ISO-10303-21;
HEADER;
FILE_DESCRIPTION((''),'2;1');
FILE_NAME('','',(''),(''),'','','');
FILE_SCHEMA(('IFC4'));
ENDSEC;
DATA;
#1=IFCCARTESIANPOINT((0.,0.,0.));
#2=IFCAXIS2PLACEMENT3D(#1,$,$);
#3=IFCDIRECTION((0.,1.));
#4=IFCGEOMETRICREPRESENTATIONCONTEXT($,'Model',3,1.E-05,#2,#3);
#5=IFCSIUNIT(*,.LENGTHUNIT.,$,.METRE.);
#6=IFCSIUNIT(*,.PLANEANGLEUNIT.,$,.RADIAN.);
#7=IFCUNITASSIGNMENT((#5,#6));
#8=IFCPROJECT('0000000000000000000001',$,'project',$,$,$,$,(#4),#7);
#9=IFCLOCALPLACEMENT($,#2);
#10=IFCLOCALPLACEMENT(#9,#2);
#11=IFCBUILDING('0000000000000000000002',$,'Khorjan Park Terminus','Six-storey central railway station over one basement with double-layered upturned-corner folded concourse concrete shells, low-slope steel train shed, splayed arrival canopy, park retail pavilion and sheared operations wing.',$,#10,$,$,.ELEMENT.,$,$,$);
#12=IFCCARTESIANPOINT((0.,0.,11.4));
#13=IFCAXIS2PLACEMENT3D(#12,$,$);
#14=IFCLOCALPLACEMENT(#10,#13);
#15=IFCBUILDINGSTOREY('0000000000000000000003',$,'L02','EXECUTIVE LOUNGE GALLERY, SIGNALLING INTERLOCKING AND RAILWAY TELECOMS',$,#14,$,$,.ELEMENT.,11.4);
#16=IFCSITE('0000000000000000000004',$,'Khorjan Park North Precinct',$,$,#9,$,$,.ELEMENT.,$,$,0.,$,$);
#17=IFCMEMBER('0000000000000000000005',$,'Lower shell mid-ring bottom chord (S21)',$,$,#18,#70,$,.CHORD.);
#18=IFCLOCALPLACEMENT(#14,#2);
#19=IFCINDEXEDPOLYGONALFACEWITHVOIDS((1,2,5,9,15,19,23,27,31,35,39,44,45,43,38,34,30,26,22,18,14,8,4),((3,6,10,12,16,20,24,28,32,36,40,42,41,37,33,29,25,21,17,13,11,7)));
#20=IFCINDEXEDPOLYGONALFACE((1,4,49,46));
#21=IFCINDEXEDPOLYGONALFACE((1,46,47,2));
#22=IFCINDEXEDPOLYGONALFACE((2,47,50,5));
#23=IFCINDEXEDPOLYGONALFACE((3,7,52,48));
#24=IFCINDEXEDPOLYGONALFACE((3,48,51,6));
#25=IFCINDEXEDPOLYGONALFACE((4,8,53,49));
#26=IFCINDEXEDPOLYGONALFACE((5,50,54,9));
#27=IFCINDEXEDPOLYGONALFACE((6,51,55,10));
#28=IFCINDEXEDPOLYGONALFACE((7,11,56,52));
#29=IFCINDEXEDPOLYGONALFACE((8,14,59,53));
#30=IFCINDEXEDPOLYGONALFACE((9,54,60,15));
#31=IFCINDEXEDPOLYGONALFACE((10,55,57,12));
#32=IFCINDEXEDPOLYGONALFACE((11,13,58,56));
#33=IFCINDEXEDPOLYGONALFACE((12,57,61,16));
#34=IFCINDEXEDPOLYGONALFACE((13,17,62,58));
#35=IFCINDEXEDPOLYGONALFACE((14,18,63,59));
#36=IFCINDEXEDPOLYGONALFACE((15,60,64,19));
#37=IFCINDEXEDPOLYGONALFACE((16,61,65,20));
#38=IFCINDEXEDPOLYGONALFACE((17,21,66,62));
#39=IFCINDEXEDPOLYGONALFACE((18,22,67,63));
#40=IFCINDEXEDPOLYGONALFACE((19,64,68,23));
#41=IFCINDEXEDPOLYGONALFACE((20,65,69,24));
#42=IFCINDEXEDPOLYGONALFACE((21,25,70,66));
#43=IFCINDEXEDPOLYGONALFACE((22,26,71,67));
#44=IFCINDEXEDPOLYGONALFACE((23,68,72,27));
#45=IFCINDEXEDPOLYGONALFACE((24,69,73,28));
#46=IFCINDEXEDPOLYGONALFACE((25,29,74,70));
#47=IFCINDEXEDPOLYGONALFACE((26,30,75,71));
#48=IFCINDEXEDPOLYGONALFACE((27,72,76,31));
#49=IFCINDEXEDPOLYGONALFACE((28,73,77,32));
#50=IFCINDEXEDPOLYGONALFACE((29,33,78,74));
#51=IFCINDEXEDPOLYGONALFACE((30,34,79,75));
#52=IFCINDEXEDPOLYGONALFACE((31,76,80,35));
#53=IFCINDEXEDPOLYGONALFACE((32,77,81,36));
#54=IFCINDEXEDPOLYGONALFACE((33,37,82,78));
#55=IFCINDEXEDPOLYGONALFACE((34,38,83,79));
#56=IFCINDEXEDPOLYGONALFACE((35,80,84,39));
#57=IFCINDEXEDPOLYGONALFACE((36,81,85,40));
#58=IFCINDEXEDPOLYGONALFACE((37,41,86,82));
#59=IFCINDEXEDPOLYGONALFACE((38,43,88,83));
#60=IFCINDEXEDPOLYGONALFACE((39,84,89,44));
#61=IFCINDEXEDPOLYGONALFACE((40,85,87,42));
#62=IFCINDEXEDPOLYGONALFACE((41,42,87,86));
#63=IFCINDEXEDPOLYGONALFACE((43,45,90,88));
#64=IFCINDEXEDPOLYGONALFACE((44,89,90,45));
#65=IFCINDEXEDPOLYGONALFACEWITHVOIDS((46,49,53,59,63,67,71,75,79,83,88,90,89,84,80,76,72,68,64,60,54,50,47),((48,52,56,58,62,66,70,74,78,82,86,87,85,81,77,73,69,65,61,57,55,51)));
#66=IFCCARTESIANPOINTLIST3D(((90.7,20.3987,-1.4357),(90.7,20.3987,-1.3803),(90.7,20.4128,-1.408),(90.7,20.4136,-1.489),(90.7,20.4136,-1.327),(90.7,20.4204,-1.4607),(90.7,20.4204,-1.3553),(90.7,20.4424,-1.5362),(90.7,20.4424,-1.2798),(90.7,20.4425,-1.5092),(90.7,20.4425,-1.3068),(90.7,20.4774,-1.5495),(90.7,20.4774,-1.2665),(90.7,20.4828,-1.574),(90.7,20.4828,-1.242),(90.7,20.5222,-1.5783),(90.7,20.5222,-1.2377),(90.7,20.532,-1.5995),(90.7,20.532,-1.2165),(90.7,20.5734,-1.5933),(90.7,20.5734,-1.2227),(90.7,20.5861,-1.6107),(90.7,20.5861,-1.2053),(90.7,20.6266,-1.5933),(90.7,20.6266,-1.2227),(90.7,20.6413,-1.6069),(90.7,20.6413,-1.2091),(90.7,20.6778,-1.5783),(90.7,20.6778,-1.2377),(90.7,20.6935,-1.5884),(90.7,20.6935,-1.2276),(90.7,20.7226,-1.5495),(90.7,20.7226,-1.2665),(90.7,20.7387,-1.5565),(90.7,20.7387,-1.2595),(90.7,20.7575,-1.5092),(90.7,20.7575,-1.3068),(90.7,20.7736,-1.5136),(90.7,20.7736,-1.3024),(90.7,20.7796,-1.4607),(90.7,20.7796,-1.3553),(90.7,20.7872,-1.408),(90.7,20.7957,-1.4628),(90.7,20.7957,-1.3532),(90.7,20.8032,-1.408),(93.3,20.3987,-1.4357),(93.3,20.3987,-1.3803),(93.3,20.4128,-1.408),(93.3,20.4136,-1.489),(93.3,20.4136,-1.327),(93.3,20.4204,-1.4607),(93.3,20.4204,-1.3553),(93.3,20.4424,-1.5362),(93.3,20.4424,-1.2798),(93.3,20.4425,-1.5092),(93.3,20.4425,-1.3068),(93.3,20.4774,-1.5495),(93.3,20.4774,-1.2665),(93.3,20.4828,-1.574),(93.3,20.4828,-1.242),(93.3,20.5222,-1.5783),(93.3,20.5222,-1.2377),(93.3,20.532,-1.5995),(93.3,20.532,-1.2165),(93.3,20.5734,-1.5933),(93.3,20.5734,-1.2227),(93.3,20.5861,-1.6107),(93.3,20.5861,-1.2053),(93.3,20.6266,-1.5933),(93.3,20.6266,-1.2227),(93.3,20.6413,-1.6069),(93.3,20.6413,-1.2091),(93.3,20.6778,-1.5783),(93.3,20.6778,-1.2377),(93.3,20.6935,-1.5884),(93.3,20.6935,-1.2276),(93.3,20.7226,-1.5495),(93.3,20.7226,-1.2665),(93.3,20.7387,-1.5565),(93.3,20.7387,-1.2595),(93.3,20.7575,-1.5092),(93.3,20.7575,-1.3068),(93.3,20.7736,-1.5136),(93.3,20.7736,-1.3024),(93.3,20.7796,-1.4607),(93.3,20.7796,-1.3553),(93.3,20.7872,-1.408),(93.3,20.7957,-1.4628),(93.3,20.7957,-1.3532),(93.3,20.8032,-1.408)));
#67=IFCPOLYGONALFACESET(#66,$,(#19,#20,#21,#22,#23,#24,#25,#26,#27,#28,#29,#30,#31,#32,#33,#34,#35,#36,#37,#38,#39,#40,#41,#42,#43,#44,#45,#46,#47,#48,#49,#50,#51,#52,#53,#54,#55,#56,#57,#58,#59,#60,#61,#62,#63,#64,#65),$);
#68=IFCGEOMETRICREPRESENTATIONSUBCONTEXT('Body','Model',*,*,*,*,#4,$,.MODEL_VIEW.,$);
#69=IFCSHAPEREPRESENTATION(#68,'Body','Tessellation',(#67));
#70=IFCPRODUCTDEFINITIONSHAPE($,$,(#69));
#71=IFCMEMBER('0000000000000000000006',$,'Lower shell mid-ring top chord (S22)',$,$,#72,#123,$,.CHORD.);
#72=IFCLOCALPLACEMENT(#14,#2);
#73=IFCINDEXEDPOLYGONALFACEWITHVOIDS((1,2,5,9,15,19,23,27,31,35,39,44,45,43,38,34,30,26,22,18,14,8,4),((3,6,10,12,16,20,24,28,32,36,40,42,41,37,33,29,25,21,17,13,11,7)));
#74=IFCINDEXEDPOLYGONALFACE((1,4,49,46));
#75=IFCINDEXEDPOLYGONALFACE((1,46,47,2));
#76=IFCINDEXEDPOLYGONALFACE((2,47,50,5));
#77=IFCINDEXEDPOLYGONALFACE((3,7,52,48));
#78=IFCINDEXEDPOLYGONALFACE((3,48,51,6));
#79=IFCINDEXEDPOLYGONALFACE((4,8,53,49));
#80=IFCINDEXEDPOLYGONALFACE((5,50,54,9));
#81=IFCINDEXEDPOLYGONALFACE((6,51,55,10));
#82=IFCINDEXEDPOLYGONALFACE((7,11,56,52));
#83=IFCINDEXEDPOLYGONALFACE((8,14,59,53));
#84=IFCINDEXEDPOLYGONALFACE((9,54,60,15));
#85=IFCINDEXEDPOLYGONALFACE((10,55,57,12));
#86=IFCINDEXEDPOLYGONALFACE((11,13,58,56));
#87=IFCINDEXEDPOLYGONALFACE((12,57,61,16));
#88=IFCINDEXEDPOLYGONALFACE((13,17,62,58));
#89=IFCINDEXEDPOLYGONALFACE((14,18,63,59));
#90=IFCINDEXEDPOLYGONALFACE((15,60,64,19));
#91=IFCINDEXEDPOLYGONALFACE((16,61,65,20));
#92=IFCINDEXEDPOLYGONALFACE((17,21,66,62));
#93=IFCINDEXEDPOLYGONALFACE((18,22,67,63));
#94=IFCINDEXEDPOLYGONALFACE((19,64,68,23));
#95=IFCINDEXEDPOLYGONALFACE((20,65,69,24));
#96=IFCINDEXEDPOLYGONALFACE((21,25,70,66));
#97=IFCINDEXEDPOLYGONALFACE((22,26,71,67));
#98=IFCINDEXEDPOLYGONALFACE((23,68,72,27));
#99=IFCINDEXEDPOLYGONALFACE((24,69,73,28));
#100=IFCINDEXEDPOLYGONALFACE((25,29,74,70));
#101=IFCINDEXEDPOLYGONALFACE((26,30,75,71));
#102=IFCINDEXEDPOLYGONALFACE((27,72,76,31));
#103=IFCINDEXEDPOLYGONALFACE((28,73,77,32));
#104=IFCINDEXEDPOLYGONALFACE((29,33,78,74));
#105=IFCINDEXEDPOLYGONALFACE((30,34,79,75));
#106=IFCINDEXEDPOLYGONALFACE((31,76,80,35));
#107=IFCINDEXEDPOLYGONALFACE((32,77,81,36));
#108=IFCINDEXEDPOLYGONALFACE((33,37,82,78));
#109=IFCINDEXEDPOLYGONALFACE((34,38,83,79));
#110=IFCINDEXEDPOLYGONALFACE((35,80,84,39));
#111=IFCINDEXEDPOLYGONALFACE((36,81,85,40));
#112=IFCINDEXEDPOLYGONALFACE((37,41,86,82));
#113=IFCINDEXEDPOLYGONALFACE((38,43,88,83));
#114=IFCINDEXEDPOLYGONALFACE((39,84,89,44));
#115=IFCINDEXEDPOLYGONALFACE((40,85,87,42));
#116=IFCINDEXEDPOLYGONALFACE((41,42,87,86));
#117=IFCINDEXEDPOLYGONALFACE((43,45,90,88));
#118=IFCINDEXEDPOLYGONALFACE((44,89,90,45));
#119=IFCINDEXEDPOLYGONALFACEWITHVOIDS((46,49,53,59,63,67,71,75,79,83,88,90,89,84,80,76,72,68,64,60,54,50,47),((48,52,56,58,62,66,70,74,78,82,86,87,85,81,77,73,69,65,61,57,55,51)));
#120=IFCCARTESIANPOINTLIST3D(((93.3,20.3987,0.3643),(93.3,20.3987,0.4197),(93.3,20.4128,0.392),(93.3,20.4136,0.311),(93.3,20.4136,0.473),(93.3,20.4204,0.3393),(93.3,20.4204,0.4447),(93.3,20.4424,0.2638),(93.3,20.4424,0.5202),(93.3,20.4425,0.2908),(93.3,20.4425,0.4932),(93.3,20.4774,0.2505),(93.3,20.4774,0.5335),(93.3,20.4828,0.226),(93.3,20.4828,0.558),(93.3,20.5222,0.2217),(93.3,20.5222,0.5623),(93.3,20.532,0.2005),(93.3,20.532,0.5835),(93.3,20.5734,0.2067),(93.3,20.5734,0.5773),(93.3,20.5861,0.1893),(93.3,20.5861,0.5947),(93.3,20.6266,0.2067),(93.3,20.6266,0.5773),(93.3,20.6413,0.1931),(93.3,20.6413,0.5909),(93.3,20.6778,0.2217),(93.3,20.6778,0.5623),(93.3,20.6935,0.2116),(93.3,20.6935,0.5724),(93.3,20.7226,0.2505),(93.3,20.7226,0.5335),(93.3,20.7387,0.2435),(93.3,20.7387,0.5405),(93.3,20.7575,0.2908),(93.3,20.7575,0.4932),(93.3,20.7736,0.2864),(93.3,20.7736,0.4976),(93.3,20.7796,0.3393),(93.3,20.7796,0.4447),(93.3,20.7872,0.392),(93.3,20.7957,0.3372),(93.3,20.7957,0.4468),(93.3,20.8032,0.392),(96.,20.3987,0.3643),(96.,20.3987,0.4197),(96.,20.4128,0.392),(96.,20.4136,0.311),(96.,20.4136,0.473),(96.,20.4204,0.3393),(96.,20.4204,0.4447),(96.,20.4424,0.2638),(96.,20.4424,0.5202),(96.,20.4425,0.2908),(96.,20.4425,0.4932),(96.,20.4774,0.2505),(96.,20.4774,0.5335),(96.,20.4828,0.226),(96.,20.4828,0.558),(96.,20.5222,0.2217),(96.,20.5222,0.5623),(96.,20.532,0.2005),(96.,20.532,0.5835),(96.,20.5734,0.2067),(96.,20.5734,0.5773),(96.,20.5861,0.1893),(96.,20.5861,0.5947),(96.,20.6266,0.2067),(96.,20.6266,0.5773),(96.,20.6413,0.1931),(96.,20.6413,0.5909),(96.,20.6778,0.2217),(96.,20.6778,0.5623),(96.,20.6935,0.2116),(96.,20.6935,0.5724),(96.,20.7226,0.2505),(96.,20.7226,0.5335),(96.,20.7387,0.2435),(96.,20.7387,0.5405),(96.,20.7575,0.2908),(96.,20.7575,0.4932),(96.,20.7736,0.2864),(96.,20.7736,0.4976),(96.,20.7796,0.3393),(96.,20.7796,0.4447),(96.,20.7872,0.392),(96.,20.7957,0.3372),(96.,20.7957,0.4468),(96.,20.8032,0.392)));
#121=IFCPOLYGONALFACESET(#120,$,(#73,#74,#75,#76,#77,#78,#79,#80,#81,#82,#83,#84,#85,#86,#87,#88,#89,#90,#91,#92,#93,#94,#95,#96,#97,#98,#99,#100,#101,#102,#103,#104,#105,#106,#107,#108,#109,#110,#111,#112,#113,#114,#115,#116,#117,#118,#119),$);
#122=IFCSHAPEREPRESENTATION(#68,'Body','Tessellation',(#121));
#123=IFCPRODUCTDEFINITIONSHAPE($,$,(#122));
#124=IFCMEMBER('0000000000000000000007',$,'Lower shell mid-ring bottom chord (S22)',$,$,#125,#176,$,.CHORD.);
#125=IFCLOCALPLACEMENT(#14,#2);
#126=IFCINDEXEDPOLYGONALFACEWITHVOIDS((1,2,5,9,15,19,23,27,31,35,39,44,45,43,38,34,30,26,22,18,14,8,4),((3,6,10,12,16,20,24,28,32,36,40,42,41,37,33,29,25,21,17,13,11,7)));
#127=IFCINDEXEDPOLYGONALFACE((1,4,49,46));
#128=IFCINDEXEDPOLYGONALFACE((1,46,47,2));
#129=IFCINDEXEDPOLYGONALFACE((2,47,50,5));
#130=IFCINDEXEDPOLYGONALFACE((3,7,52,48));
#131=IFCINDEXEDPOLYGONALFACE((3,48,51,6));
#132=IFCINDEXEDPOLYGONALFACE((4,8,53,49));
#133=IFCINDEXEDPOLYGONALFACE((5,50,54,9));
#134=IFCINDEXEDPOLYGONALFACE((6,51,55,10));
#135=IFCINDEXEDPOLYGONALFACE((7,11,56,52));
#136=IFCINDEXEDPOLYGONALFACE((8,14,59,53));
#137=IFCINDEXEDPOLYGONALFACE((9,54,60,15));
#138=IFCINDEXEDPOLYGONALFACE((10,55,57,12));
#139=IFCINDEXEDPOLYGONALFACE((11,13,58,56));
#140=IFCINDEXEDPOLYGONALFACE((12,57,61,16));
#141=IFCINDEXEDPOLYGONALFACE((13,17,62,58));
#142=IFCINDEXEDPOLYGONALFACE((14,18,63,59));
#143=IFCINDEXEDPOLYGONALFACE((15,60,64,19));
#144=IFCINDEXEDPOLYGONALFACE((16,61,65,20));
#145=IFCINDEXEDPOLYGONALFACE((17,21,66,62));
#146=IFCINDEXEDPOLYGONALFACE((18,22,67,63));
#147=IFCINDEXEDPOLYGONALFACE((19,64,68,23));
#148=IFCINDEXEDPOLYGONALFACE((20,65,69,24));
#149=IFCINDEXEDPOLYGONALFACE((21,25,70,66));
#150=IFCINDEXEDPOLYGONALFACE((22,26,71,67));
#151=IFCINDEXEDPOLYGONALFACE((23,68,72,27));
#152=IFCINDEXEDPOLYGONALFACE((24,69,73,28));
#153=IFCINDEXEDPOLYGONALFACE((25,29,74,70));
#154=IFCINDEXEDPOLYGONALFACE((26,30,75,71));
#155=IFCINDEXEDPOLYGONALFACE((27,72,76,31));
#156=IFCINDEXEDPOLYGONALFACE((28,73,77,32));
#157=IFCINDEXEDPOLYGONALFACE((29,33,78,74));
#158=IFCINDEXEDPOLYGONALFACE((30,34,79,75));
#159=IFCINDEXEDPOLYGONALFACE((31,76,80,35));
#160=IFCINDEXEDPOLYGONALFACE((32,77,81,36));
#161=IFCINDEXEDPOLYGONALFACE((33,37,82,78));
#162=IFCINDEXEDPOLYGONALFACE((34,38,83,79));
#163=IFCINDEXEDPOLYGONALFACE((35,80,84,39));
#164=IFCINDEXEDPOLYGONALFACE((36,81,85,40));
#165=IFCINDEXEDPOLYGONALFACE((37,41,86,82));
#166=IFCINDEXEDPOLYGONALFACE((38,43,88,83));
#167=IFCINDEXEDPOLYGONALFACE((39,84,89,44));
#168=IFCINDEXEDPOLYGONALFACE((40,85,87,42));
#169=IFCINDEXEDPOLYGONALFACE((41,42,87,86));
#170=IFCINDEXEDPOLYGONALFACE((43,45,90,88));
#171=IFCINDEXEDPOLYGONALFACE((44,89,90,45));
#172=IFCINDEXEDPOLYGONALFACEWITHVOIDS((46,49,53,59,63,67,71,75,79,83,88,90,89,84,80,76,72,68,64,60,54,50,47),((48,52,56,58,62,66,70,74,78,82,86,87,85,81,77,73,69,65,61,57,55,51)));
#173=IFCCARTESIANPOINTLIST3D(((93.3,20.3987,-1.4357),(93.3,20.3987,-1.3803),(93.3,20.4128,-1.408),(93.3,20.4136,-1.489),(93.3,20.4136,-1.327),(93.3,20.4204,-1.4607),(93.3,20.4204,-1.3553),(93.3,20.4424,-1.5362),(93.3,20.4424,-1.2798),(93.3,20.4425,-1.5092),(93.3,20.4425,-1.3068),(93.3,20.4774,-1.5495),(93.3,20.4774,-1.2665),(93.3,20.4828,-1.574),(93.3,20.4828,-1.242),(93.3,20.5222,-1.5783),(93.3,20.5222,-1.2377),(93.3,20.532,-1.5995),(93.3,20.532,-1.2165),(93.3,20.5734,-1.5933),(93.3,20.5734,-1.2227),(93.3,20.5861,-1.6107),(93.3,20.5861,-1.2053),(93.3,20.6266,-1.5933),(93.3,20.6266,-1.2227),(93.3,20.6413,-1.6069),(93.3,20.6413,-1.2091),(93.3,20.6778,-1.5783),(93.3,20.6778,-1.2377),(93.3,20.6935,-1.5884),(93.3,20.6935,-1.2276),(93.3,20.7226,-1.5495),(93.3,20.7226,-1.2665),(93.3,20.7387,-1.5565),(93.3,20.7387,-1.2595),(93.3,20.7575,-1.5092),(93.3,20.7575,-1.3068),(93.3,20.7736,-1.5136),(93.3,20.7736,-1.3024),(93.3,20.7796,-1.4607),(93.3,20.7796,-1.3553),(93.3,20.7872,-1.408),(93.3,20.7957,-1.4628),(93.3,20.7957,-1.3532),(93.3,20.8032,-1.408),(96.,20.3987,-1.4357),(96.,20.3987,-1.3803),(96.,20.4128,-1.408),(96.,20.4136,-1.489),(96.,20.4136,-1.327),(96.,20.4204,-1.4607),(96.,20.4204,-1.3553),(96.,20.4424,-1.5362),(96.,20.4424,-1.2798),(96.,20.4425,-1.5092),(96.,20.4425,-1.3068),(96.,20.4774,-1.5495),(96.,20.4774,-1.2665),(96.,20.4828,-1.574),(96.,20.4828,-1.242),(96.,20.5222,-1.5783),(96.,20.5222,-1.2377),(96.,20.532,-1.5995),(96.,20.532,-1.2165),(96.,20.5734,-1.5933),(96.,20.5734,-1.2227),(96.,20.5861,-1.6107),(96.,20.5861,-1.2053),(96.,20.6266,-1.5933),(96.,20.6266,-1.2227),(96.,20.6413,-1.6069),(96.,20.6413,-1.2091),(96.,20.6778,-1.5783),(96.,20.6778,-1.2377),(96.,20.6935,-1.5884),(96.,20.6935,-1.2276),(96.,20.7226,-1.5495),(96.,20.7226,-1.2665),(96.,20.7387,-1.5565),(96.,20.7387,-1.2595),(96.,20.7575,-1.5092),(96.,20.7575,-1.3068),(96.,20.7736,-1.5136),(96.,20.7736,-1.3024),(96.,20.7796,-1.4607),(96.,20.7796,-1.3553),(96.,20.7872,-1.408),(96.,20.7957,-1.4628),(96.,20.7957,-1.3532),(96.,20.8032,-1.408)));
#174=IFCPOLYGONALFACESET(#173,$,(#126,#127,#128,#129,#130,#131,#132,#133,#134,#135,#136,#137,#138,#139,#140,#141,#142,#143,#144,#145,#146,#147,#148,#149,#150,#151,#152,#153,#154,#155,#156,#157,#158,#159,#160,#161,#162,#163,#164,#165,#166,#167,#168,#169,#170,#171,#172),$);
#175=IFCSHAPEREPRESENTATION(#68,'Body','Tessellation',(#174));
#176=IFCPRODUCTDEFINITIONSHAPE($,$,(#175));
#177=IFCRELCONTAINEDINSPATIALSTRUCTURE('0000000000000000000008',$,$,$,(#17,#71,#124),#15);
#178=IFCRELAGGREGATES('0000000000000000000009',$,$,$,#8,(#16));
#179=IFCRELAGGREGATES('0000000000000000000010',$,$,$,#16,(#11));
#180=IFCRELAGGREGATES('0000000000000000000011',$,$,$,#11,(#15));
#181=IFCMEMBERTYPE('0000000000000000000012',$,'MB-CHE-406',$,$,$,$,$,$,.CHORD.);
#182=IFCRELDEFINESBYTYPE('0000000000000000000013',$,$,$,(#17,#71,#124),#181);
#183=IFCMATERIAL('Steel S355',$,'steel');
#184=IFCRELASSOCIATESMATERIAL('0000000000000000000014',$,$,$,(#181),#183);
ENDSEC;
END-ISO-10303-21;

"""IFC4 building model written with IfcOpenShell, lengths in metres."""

from ifc_helpers import new_model, si_unit, direction, frame, origin, origin_2d, place, context, subcontext, project, spatial, hollow_circle, extrude, material, material_profile, profile_set, type_object, element, save


model = new_model("IFC4")

# Units and contexts
model_context = context("Model", 3, precision=1e-05, world=origin(), true_north=direction((0.0, 1.0)))
body_context = subcontext(model_context, "Body", "Model", "MODEL_VIEW")
ifc_project = project(units=[si_unit("LENGTHUNIT", "METRE"), si_unit("PLANEANGLEUNIT", "RADIAN")], contexts=[model_context])

# Site, building, storey
site_placement = place(None, origin())
site = spatial("IfcSite", under=ifc_project, at=site_placement, Name="Khorjan Park North Precinct", CompositionType="ELEMENT", RefElevation=0.0)
building_placement = place(site_placement, origin())
building = spatial("IfcBuilding", under=site, at=building_placement, Name="Khorjan Park Terminus", Description="Six-storey central railway station over one basement with double-layered upturned-corner folded concourse concrete shells, low-slope steel train shed, splayed arrival canopy, park retail pavilion and sheared operations wing.", CompositionType="ELEMENT")
storey_placement = place(building_placement, frame((0.0, 0.0, 11.4)))
storey = spatial("IfcBuildingStorey", under=building, at=storey_placement, Name="L02", Description="EXECUTIVE LOUNGE GALLERY, SIGNALLING INTERLOCKING AND RAILWAY TELECOMS", CompositionType="ELEMENT", Elevation=11.4)

# Members
ifc_material_1 = material(Name="Steel S355", Category="steel")
ifc_material_profile_1 = material_profile(ifc_material_1, hollow_circle(Radius=0.2032, WallThickness=0.016, at=origin_2d()), Name="CHS 406.4x16")
ifc_profile_set_1 = profile_set([ifc_material_profile_1], Name="Steel S355")
member_type_1 = type_object("IfcMemberType", Name="MB-CHE-406", PredefinedType="CHORD", material=ifc_profile_set_1)
for number, where, z_axis, x_axis, name in (
    (1, (90.7, 20.6, -1.408), (1.0, 0.0, 0.0), (0.0, 1.0, 0.0), "Lower shell mid-ring bottom chord (S21)"),
):
    element("IfcMember", number, at=place(storey_placement, frame(where, z_axis=z_axis, x_axis=x_axis)), inside=storey, type_object=member_type_1, Name=name, PredefinedType="CHORD", context=body_context, shape_type="SweptSolid", body=[
        extrude(hollow_circle(Radius=0.2032, WallThickness=0.016, at=origin_2d()), origin(), (0.0, 0.0, 1.0), 2.6),
    ])
for number, where, z_axis, x_axis, name in (
    (2, (93.3, 20.6, 0.392), (1.0, 0.0, 0.0), (0.0, 1.0, 0.0), "Lower shell mid-ring top chord (S22)"),
    (3, (93.3, 20.6, -1.408), (1.0, 0.0, 0.0), (0.0, 1.0, 0.0), "Lower shell mid-ring bottom chord (S22)"),
):
    element("IfcMember", number, at=place(storey_placement, frame(where, z_axis=z_axis, x_axis=x_axis)), inside=storey, type_object=member_type_1, Name=name, PredefinedType="CHORD", context=body_context, shape_type="SweptSolid", body=[
        extrude(hollow_circle(Radius=0.2032, WallThickness=0.016, at=origin_2d()), origin(), (0.0, 0.0, 1.0), 2.7),
    ])

save(model, "model.ifc")
